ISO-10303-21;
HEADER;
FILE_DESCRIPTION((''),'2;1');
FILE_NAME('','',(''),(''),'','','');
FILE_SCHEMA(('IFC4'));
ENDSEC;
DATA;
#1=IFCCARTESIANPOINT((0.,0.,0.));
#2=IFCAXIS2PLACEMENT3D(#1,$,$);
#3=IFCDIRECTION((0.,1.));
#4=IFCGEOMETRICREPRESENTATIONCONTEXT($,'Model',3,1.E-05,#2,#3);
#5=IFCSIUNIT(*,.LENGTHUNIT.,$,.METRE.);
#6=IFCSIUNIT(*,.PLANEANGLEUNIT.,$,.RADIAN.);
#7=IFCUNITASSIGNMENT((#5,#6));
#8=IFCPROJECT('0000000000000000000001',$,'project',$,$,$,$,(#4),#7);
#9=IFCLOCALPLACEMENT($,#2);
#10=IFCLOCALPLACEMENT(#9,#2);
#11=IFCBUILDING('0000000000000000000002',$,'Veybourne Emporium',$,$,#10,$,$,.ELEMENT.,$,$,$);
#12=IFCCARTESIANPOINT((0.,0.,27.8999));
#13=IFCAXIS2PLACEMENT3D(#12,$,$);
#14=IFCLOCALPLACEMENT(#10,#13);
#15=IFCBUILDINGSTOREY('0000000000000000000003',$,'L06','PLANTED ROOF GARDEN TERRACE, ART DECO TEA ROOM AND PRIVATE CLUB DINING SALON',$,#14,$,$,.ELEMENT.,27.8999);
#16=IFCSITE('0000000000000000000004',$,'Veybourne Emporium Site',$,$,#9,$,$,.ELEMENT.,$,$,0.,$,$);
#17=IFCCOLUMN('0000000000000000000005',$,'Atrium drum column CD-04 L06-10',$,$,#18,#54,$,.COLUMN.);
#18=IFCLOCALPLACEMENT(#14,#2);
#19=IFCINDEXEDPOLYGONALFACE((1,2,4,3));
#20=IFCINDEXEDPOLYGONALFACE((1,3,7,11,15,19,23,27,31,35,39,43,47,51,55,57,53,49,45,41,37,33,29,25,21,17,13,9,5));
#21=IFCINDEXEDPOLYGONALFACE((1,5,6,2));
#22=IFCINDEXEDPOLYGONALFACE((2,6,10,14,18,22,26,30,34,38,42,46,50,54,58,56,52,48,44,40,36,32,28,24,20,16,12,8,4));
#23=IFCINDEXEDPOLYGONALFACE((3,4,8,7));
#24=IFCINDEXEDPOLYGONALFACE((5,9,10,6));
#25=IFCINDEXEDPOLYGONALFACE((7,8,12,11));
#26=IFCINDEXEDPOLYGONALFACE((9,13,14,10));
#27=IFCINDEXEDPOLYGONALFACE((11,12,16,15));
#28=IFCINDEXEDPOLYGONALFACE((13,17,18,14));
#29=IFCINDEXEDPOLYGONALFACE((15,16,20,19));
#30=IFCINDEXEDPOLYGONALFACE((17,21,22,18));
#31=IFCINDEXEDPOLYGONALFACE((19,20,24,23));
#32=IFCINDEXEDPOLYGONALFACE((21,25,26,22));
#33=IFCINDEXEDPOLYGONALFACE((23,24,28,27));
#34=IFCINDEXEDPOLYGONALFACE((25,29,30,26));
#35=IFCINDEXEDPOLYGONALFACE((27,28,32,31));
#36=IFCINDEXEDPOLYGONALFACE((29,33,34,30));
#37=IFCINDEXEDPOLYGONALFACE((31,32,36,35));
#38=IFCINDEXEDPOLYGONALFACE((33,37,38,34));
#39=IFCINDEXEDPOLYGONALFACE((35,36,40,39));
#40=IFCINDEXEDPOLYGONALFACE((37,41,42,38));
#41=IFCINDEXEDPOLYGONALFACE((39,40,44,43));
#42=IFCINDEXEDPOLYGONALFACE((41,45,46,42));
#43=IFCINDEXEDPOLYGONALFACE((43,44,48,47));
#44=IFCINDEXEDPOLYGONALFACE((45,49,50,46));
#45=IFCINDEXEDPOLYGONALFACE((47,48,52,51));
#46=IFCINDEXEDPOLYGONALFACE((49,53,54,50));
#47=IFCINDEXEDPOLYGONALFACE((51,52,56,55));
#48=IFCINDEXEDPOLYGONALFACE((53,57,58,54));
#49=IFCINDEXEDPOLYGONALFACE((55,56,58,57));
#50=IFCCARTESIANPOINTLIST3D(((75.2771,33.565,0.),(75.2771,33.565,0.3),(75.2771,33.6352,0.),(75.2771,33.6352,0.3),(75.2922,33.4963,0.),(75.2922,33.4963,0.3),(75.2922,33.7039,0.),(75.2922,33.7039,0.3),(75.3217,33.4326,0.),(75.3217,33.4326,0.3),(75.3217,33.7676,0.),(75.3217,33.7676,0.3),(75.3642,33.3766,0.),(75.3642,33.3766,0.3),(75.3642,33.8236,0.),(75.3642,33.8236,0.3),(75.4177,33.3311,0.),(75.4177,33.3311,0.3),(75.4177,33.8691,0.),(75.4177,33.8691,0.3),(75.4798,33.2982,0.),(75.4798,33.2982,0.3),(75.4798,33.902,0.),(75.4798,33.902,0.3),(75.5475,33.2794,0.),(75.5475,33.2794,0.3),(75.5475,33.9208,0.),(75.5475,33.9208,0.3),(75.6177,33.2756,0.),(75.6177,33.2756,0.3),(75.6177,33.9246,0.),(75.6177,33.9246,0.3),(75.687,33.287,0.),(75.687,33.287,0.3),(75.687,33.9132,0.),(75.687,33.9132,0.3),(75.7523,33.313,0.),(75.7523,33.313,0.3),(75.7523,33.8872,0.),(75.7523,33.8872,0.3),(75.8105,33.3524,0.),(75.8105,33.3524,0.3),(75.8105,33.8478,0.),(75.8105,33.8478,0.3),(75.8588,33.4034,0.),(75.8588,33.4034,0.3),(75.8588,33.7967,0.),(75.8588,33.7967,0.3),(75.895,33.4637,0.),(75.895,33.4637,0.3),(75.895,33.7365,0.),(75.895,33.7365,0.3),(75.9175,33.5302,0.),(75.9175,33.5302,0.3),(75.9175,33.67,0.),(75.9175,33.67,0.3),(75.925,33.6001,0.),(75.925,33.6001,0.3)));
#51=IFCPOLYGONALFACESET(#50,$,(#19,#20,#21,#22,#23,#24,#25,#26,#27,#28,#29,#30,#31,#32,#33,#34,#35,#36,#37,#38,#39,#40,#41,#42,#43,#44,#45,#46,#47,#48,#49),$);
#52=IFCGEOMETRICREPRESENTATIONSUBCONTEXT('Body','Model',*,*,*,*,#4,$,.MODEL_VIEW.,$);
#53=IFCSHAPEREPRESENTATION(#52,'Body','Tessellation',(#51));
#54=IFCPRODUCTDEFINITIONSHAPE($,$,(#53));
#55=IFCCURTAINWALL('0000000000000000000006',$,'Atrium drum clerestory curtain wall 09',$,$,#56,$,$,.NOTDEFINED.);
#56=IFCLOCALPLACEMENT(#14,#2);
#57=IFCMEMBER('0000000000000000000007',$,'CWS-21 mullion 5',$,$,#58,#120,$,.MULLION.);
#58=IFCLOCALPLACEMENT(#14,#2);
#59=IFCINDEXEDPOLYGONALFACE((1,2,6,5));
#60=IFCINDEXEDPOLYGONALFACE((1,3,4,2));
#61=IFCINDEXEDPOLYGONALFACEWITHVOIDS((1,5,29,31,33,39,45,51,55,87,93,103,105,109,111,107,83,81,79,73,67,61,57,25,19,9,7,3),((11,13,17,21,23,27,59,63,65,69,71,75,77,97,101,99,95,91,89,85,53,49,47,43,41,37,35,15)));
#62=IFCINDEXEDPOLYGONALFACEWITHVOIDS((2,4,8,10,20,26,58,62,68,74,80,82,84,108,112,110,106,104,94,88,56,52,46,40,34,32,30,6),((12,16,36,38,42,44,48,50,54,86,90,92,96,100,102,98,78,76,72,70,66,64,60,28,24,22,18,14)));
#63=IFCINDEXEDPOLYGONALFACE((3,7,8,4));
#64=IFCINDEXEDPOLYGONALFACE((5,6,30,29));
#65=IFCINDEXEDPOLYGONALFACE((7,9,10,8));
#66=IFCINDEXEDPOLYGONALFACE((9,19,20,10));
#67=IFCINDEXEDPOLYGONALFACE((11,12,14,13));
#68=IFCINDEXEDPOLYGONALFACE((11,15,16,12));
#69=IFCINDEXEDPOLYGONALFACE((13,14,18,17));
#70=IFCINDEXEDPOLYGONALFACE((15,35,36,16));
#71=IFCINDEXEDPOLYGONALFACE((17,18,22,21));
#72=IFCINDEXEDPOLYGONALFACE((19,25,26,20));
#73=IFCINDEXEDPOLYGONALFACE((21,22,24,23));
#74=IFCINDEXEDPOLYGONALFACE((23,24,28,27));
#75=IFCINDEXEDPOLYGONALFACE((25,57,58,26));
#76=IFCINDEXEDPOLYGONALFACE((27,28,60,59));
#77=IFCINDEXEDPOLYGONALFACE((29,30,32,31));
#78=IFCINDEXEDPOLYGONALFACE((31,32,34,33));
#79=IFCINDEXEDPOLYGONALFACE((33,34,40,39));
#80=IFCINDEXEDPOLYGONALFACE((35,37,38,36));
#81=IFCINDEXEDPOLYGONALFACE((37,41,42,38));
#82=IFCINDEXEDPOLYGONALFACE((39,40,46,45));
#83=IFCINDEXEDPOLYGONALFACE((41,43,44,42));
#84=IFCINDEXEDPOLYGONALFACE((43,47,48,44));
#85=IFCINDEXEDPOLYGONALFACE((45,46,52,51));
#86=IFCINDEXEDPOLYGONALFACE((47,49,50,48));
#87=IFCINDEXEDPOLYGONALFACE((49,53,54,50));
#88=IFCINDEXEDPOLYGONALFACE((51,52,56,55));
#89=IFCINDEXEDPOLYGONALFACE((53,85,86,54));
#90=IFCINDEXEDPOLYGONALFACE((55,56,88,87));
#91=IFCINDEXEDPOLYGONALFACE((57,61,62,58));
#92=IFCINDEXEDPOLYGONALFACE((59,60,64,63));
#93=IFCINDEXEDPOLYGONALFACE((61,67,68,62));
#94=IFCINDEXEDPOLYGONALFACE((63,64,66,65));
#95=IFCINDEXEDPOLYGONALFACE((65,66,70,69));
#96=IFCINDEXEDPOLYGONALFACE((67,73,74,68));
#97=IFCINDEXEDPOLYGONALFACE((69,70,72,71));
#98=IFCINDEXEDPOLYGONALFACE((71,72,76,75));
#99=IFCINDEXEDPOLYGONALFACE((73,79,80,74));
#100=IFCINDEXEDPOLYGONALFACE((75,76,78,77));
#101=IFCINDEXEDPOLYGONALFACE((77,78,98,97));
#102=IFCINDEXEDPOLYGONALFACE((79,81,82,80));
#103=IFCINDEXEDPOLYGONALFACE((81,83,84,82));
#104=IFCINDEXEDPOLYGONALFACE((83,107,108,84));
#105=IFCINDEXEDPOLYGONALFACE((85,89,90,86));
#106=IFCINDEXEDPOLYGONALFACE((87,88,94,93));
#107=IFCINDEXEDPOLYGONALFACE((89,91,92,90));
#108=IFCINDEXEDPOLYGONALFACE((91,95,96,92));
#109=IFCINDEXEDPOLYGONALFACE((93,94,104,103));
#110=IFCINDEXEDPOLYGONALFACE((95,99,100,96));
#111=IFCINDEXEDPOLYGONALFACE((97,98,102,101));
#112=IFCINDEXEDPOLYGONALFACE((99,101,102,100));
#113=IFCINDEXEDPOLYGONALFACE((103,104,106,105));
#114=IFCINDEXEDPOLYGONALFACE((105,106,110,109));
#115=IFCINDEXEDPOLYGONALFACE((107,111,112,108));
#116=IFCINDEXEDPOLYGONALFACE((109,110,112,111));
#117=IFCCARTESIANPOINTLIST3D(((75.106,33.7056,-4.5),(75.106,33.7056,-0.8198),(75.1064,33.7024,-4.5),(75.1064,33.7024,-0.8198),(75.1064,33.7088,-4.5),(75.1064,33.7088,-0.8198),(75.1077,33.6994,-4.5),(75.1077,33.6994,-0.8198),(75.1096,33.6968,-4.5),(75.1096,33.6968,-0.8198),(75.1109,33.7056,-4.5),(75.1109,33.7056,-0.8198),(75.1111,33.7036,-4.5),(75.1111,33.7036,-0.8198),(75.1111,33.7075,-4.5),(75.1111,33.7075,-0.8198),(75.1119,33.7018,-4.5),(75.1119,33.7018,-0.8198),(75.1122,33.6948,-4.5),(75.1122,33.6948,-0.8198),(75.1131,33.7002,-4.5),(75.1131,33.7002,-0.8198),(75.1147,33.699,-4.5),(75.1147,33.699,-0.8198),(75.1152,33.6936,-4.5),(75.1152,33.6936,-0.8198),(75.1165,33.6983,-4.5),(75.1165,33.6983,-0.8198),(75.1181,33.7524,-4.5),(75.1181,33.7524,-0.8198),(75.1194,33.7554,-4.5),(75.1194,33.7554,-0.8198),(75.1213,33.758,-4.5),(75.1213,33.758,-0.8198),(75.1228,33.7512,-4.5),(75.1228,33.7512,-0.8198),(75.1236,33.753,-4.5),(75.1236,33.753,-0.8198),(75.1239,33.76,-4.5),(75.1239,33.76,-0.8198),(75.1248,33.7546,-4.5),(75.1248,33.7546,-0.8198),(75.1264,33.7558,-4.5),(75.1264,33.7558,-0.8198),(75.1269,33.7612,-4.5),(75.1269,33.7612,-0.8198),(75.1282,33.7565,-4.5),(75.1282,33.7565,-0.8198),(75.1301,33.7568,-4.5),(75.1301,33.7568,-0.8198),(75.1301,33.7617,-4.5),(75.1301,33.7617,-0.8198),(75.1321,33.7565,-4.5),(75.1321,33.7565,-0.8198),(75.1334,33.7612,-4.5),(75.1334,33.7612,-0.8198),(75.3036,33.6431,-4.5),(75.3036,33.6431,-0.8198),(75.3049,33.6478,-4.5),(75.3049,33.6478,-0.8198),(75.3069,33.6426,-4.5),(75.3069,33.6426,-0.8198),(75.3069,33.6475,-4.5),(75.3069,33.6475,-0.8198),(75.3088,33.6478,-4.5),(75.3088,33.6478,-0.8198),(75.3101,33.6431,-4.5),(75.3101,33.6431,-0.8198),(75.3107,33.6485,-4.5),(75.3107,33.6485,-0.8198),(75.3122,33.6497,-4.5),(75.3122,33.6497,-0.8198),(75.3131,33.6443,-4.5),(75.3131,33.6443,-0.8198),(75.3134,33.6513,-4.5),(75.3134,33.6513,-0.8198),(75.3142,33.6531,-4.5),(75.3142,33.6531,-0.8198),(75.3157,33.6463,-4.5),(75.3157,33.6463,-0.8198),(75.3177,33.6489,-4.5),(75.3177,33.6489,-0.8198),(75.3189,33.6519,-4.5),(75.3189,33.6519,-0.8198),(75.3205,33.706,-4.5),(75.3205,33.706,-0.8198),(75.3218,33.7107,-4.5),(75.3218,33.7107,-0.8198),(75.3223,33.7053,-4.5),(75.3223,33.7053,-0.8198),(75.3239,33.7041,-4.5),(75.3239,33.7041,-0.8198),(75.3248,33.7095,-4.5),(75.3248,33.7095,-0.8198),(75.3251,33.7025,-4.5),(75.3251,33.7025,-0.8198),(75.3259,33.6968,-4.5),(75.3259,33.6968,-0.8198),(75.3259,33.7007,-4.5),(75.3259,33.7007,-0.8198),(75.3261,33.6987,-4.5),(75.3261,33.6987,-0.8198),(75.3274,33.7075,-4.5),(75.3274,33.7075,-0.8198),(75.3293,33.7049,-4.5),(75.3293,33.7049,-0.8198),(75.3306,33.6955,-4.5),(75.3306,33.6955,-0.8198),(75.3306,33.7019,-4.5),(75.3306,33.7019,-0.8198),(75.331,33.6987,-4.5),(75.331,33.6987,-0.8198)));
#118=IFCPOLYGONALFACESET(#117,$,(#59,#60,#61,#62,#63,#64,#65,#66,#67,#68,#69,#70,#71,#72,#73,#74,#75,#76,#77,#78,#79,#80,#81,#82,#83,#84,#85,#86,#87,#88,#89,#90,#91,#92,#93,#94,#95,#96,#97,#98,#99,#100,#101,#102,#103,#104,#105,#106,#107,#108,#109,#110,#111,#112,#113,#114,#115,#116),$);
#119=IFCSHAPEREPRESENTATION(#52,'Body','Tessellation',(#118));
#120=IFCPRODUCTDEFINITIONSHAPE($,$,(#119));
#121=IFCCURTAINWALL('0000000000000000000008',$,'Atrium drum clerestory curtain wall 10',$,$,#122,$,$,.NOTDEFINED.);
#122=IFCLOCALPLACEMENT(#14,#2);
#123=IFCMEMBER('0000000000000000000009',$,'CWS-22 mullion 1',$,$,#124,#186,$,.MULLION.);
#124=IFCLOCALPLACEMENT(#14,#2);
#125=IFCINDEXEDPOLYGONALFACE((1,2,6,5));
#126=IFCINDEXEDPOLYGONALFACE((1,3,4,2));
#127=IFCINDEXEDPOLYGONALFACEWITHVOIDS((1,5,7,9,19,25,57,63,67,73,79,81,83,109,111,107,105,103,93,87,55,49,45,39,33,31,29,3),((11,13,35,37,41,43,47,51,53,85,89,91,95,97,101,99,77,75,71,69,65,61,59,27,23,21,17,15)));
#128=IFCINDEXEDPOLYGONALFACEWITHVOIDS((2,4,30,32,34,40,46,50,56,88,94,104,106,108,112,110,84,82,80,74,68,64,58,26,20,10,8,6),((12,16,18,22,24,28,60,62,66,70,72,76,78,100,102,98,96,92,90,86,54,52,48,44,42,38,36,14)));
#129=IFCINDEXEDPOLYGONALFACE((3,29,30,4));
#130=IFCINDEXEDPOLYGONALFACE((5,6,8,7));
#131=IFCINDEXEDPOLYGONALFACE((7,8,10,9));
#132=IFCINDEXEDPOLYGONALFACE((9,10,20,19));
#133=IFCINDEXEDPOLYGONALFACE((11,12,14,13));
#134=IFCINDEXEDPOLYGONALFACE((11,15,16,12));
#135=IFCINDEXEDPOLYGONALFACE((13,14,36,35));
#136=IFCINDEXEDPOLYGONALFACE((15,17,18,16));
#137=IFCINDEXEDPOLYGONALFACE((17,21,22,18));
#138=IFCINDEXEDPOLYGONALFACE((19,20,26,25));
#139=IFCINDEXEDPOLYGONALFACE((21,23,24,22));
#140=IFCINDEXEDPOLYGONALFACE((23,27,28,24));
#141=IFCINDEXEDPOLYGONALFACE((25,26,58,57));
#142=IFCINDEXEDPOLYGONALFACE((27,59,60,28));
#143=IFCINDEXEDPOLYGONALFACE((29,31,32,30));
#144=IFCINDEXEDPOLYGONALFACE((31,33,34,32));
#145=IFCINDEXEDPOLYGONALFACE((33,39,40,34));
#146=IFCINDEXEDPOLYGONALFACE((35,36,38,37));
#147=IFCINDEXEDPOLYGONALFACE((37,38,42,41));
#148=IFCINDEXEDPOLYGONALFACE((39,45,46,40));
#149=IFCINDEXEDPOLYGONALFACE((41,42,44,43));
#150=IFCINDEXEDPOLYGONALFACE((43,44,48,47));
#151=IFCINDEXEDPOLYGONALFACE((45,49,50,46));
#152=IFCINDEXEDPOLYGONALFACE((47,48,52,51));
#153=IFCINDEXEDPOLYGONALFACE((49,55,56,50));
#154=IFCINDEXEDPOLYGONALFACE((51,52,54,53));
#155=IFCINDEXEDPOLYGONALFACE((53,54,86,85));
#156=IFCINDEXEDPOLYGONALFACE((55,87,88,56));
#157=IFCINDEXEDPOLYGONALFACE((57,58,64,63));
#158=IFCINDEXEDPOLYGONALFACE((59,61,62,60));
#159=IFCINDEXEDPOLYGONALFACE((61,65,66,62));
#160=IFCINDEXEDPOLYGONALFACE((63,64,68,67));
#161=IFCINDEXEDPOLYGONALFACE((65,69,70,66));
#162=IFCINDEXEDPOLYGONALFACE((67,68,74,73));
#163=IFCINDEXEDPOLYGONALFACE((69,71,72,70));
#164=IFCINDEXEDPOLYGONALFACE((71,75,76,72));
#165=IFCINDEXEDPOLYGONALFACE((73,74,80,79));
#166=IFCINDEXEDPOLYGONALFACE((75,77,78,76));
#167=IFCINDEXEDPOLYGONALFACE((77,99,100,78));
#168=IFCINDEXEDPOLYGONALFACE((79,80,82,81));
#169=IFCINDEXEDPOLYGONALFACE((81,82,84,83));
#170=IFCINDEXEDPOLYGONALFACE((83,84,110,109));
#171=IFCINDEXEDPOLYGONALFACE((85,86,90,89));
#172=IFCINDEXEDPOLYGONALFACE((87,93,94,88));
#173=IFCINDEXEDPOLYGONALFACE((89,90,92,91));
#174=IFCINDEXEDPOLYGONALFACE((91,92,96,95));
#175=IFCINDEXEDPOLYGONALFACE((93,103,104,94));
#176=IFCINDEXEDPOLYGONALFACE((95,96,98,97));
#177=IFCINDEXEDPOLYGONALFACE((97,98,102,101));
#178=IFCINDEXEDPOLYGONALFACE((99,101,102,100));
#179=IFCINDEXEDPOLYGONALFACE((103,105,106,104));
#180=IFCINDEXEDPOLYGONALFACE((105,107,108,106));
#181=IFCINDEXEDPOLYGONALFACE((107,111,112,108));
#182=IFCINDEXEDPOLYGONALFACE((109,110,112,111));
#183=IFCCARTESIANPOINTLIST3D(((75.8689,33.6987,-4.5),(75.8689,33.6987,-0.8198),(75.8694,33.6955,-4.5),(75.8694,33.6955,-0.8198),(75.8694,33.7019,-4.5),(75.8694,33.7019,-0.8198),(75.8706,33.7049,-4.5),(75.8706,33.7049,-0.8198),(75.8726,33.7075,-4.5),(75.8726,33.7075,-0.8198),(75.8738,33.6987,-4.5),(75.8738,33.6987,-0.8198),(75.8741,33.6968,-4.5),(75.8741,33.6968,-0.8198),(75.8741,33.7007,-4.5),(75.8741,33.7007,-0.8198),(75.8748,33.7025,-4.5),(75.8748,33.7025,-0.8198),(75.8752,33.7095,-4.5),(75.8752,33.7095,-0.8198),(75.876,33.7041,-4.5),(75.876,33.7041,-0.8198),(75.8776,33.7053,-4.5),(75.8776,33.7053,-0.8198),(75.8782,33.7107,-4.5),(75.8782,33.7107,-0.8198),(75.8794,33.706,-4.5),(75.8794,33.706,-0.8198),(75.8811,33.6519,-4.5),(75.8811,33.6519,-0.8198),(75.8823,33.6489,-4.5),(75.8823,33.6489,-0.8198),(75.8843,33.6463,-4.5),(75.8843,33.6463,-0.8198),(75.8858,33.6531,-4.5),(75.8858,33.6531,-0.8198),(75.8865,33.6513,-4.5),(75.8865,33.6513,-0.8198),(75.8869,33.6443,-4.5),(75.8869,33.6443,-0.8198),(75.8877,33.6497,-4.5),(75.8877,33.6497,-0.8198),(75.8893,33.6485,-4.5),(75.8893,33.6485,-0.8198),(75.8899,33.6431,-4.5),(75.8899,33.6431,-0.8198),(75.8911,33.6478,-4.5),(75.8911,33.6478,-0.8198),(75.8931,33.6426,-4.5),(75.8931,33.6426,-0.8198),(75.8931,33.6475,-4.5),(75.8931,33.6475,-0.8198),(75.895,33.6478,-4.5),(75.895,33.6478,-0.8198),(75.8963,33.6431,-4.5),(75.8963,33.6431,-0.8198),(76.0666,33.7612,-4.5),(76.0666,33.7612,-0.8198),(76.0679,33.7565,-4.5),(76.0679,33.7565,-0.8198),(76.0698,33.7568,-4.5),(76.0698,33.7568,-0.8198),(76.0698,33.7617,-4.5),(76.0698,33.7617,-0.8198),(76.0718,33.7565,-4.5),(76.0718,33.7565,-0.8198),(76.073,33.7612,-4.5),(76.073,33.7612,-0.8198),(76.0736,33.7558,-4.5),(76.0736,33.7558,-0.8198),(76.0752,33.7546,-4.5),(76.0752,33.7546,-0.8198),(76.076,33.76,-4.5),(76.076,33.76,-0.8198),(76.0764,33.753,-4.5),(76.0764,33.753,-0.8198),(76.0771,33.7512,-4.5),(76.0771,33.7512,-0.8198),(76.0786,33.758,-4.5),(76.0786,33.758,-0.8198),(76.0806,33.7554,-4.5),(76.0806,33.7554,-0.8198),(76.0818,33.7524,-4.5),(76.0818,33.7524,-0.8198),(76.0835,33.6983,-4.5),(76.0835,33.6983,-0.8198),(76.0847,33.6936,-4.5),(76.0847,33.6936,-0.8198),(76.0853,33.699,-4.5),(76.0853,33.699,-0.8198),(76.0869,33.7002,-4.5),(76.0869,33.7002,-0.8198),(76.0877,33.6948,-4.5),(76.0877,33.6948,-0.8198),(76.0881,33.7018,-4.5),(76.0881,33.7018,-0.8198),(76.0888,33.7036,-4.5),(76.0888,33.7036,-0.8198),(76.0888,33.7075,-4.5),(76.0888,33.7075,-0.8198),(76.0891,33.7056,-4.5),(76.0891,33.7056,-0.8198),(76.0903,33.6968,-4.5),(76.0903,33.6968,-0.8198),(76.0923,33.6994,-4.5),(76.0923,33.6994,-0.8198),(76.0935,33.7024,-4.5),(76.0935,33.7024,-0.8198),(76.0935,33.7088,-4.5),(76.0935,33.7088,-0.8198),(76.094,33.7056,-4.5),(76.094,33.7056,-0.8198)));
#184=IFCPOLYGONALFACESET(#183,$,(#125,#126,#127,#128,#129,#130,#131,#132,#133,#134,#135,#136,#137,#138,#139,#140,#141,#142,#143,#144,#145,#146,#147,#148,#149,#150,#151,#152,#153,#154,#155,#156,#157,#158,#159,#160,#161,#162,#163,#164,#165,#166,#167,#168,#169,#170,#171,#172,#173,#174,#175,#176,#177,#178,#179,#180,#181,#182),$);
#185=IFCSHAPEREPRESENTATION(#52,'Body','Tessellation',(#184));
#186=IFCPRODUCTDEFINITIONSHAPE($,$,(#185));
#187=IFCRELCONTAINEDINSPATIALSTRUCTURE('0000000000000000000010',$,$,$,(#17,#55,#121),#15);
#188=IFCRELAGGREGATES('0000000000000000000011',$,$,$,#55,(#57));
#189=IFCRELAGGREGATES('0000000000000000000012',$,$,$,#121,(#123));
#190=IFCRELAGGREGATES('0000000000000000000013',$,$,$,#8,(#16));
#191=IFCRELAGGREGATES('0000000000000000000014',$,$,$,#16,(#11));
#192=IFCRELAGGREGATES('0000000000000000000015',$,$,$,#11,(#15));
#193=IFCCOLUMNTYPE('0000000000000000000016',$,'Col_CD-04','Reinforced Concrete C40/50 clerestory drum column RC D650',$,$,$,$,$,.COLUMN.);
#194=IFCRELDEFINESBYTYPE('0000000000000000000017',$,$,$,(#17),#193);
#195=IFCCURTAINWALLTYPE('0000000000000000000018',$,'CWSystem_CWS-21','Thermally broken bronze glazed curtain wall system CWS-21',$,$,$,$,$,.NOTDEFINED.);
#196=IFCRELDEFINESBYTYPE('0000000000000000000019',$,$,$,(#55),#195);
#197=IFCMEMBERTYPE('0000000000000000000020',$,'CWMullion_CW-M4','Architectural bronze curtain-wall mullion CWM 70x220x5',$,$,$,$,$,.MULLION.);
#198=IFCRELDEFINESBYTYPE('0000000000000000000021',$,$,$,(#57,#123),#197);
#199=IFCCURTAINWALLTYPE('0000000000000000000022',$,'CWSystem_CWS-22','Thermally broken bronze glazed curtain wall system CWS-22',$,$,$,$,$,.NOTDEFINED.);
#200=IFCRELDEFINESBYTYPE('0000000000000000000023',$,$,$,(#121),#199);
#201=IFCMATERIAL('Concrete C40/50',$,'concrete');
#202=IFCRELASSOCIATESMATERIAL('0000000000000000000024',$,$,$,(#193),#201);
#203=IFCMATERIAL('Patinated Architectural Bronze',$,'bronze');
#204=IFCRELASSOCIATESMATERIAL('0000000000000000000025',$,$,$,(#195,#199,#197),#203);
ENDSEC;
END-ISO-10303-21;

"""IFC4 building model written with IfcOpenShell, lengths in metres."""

from ifc_helpers import new_model, si_unit, direction, frame, origin, origin_2d, place, context, subcontext, project, spatial, hollow_rectangle, circle, extrude, material, material_profile, profile_set, type_object, element, aggregate, save


model = new_model("IFC4")

# Units and contexts
model_context = context("Model", 3, precision=1e-05, world=origin(), true_north=direction((0.0, 1.0)))
body_context = subcontext(model_context, "Body", "Model", "MODEL_VIEW")
ifc_project = project(units=[si_unit("LENGTHUNIT", "METRE"), si_unit("PLANEANGLEUNIT", "RADIAN")], contexts=[model_context])

# Site, building, storey
site_placement = place(None, origin())
site = spatial("IfcSite", under=ifc_project, at=site_placement, Name="Veybourne Emporium Site", CompositionType="ELEMENT", RefElevation=0.0)
building_placement = place(site_placement, origin())
building = spatial("IfcBuilding", under=site, at=building_placement, Name="Veybourne Emporium", CompositionType="ELEMENT")
storey_placement = place(building_placement, frame((0.0, 0.0, 27.8999)))
storey = spatial("IfcBuildingStorey", under=building, at=storey_placement, Name="L06", Description="PLANTED ROOF GARDEN TERRACE, ART DECO TEA ROOM AND PRIVATE CLUB DINING SALON", CompositionType="ELEMENT", Elevation=27.8999)

# Column
ifc_material_1 = material(Name="Concrete C40/50", Category="concrete")
ifc_material_profile_1 = material_profile(ifc_material_1, circle(Radius=0.325, at=origin_2d()), Name="RC D650")
ifc_profile_set_1 = profile_set([ifc_material_profile_1], Name="Concrete C40/50")
column_type = type_object("IfcColumnType", Name="Col_CD-04", Description="Reinforced Concrete C40/50 clerestory drum column RC D650", PredefinedType="COLUMN", material=ifc_profile_set_1)
column_placement = place(storey_placement, frame((75.6001, 33.6001, 0.0), z_axis=(0.0, 0.0, 1.0), x_axis=(1.0, 0.0, 0.0)))
element("IfcColumn", 1, at=column_placement, inside=storey, type_object=column_type, Name="Atrium drum column CD-04 L06-10", PredefinedType="COLUMN", context=body_context, shape_type="SweptSolid", body=[
    extrude(circle(Radius=0.325, at=origin_2d()), origin(), (0.0, 0.0, 1.0), 0.3),
])

# Curtain wall, member
ifc_material_2 = material(Name="Patinated Architectural Bronze", Category="bronze")
curtain_wall_type_1 = type_object("IfcCurtainWallType", Name="CWSystem_CWS-21", Description="Thermally broken bronze glazed curtain wall system CWS-21", PredefinedType="NOTDEFINED", material=ifc_material_2)
curtain_wall_1_placement = place(storey_placement, origin())
curtain_wall_1 = element("IfcCurtainWall", 2, at=curtain_wall_1_placement, inside=storey, type_object=curtain_wall_type_1, Name="Atrium drum clerestory curtain wall 09", PredefinedType="NOTDEFINED")
ifc_material_profile_2 = material_profile(ifc_material_2, hollow_rectangle(XDim=0.0701, YDim=0.22, WallThickness=0.0049, InnerFilletRadius=0.0076, OuterFilletRadius=0.0125, at=origin_2d()), Name="CWM 70x220x5")
ifc_profile_set_2 = profile_set([ifc_material_profile_2], Name="Patinated Architectural Bronze")
member_type_1 = type_object("IfcMemberType", Name="CWMullion_CW-M4", Description="Architectural bronze curtain-wall mullion CWM 70x220x5", PredefinedType="MULLION", material=ifc_profile_set_2)
member_1_placement = place(storey_placement, frame((75.2185, 33.7021, -4.5), z_axis=(0.0, 0.0, 1.0), x_axis=(0.25882, 0.965926, 0.0)))
member_1 = element("IfcMember", 3, at=member_1_placement, type_object=member_type_1, Name="CWS-21 mullion 5", PredefinedType="MULLION", context=body_context, shape_type="SweptSolid", body=[
    extrude(hollow_rectangle(XDim=0.0701, YDim=0.22, WallThickness=0.0049, InnerFilletRadius=0.0076, OuterFilletRadius=0.0125, at=origin_2d()), origin(), (0.0, 0.0, 1.0), 3.6802),
])

# Curtain wall, member
curtain_wall_type_2 = type_object("IfcCurtainWallType", Name="CWSystem_CWS-22", Description="Thermally broken bronze glazed curtain wall system CWS-22", PredefinedType="NOTDEFINED", material=ifc_material_2)
curtain_wall_2_placement = place(storey_placement, origin())
curtain_wall_2 = element("IfcCurtainWall", 4, at=curtain_wall_2_placement, inside=storey, type_object=curtain_wall_type_2, Name="Atrium drum clerestory curtain wall 10", PredefinedType="NOTDEFINED")
member_2_placement = place(storey_placement, frame((75.9814, 33.7021, -4.5), z_axis=(0.0, 0.0, 1.0), x_axis=(-0.25882, 0.965926, 0.0)))
member_2 = element("IfcMember", 5, at=member_2_placement, type_object=member_type_1, Name="CWS-22 mullion 1", PredefinedType="MULLION", context=body_context, shape_type="SweptSolid", body=[
    extrude(hollow_rectangle(XDim=0.0701, YDim=0.22, WallThickness=0.0049, InnerFilletRadius=0.0076, OuterFilletRadius=0.0125, at=origin_2d()), origin(), (0.0, 0.0, 1.0), 3.6802),
])

aggregate(curtain_wall_1, [member_1])
aggregate(curtain_wall_2, [member_2])

save(model, "model.ifc")
